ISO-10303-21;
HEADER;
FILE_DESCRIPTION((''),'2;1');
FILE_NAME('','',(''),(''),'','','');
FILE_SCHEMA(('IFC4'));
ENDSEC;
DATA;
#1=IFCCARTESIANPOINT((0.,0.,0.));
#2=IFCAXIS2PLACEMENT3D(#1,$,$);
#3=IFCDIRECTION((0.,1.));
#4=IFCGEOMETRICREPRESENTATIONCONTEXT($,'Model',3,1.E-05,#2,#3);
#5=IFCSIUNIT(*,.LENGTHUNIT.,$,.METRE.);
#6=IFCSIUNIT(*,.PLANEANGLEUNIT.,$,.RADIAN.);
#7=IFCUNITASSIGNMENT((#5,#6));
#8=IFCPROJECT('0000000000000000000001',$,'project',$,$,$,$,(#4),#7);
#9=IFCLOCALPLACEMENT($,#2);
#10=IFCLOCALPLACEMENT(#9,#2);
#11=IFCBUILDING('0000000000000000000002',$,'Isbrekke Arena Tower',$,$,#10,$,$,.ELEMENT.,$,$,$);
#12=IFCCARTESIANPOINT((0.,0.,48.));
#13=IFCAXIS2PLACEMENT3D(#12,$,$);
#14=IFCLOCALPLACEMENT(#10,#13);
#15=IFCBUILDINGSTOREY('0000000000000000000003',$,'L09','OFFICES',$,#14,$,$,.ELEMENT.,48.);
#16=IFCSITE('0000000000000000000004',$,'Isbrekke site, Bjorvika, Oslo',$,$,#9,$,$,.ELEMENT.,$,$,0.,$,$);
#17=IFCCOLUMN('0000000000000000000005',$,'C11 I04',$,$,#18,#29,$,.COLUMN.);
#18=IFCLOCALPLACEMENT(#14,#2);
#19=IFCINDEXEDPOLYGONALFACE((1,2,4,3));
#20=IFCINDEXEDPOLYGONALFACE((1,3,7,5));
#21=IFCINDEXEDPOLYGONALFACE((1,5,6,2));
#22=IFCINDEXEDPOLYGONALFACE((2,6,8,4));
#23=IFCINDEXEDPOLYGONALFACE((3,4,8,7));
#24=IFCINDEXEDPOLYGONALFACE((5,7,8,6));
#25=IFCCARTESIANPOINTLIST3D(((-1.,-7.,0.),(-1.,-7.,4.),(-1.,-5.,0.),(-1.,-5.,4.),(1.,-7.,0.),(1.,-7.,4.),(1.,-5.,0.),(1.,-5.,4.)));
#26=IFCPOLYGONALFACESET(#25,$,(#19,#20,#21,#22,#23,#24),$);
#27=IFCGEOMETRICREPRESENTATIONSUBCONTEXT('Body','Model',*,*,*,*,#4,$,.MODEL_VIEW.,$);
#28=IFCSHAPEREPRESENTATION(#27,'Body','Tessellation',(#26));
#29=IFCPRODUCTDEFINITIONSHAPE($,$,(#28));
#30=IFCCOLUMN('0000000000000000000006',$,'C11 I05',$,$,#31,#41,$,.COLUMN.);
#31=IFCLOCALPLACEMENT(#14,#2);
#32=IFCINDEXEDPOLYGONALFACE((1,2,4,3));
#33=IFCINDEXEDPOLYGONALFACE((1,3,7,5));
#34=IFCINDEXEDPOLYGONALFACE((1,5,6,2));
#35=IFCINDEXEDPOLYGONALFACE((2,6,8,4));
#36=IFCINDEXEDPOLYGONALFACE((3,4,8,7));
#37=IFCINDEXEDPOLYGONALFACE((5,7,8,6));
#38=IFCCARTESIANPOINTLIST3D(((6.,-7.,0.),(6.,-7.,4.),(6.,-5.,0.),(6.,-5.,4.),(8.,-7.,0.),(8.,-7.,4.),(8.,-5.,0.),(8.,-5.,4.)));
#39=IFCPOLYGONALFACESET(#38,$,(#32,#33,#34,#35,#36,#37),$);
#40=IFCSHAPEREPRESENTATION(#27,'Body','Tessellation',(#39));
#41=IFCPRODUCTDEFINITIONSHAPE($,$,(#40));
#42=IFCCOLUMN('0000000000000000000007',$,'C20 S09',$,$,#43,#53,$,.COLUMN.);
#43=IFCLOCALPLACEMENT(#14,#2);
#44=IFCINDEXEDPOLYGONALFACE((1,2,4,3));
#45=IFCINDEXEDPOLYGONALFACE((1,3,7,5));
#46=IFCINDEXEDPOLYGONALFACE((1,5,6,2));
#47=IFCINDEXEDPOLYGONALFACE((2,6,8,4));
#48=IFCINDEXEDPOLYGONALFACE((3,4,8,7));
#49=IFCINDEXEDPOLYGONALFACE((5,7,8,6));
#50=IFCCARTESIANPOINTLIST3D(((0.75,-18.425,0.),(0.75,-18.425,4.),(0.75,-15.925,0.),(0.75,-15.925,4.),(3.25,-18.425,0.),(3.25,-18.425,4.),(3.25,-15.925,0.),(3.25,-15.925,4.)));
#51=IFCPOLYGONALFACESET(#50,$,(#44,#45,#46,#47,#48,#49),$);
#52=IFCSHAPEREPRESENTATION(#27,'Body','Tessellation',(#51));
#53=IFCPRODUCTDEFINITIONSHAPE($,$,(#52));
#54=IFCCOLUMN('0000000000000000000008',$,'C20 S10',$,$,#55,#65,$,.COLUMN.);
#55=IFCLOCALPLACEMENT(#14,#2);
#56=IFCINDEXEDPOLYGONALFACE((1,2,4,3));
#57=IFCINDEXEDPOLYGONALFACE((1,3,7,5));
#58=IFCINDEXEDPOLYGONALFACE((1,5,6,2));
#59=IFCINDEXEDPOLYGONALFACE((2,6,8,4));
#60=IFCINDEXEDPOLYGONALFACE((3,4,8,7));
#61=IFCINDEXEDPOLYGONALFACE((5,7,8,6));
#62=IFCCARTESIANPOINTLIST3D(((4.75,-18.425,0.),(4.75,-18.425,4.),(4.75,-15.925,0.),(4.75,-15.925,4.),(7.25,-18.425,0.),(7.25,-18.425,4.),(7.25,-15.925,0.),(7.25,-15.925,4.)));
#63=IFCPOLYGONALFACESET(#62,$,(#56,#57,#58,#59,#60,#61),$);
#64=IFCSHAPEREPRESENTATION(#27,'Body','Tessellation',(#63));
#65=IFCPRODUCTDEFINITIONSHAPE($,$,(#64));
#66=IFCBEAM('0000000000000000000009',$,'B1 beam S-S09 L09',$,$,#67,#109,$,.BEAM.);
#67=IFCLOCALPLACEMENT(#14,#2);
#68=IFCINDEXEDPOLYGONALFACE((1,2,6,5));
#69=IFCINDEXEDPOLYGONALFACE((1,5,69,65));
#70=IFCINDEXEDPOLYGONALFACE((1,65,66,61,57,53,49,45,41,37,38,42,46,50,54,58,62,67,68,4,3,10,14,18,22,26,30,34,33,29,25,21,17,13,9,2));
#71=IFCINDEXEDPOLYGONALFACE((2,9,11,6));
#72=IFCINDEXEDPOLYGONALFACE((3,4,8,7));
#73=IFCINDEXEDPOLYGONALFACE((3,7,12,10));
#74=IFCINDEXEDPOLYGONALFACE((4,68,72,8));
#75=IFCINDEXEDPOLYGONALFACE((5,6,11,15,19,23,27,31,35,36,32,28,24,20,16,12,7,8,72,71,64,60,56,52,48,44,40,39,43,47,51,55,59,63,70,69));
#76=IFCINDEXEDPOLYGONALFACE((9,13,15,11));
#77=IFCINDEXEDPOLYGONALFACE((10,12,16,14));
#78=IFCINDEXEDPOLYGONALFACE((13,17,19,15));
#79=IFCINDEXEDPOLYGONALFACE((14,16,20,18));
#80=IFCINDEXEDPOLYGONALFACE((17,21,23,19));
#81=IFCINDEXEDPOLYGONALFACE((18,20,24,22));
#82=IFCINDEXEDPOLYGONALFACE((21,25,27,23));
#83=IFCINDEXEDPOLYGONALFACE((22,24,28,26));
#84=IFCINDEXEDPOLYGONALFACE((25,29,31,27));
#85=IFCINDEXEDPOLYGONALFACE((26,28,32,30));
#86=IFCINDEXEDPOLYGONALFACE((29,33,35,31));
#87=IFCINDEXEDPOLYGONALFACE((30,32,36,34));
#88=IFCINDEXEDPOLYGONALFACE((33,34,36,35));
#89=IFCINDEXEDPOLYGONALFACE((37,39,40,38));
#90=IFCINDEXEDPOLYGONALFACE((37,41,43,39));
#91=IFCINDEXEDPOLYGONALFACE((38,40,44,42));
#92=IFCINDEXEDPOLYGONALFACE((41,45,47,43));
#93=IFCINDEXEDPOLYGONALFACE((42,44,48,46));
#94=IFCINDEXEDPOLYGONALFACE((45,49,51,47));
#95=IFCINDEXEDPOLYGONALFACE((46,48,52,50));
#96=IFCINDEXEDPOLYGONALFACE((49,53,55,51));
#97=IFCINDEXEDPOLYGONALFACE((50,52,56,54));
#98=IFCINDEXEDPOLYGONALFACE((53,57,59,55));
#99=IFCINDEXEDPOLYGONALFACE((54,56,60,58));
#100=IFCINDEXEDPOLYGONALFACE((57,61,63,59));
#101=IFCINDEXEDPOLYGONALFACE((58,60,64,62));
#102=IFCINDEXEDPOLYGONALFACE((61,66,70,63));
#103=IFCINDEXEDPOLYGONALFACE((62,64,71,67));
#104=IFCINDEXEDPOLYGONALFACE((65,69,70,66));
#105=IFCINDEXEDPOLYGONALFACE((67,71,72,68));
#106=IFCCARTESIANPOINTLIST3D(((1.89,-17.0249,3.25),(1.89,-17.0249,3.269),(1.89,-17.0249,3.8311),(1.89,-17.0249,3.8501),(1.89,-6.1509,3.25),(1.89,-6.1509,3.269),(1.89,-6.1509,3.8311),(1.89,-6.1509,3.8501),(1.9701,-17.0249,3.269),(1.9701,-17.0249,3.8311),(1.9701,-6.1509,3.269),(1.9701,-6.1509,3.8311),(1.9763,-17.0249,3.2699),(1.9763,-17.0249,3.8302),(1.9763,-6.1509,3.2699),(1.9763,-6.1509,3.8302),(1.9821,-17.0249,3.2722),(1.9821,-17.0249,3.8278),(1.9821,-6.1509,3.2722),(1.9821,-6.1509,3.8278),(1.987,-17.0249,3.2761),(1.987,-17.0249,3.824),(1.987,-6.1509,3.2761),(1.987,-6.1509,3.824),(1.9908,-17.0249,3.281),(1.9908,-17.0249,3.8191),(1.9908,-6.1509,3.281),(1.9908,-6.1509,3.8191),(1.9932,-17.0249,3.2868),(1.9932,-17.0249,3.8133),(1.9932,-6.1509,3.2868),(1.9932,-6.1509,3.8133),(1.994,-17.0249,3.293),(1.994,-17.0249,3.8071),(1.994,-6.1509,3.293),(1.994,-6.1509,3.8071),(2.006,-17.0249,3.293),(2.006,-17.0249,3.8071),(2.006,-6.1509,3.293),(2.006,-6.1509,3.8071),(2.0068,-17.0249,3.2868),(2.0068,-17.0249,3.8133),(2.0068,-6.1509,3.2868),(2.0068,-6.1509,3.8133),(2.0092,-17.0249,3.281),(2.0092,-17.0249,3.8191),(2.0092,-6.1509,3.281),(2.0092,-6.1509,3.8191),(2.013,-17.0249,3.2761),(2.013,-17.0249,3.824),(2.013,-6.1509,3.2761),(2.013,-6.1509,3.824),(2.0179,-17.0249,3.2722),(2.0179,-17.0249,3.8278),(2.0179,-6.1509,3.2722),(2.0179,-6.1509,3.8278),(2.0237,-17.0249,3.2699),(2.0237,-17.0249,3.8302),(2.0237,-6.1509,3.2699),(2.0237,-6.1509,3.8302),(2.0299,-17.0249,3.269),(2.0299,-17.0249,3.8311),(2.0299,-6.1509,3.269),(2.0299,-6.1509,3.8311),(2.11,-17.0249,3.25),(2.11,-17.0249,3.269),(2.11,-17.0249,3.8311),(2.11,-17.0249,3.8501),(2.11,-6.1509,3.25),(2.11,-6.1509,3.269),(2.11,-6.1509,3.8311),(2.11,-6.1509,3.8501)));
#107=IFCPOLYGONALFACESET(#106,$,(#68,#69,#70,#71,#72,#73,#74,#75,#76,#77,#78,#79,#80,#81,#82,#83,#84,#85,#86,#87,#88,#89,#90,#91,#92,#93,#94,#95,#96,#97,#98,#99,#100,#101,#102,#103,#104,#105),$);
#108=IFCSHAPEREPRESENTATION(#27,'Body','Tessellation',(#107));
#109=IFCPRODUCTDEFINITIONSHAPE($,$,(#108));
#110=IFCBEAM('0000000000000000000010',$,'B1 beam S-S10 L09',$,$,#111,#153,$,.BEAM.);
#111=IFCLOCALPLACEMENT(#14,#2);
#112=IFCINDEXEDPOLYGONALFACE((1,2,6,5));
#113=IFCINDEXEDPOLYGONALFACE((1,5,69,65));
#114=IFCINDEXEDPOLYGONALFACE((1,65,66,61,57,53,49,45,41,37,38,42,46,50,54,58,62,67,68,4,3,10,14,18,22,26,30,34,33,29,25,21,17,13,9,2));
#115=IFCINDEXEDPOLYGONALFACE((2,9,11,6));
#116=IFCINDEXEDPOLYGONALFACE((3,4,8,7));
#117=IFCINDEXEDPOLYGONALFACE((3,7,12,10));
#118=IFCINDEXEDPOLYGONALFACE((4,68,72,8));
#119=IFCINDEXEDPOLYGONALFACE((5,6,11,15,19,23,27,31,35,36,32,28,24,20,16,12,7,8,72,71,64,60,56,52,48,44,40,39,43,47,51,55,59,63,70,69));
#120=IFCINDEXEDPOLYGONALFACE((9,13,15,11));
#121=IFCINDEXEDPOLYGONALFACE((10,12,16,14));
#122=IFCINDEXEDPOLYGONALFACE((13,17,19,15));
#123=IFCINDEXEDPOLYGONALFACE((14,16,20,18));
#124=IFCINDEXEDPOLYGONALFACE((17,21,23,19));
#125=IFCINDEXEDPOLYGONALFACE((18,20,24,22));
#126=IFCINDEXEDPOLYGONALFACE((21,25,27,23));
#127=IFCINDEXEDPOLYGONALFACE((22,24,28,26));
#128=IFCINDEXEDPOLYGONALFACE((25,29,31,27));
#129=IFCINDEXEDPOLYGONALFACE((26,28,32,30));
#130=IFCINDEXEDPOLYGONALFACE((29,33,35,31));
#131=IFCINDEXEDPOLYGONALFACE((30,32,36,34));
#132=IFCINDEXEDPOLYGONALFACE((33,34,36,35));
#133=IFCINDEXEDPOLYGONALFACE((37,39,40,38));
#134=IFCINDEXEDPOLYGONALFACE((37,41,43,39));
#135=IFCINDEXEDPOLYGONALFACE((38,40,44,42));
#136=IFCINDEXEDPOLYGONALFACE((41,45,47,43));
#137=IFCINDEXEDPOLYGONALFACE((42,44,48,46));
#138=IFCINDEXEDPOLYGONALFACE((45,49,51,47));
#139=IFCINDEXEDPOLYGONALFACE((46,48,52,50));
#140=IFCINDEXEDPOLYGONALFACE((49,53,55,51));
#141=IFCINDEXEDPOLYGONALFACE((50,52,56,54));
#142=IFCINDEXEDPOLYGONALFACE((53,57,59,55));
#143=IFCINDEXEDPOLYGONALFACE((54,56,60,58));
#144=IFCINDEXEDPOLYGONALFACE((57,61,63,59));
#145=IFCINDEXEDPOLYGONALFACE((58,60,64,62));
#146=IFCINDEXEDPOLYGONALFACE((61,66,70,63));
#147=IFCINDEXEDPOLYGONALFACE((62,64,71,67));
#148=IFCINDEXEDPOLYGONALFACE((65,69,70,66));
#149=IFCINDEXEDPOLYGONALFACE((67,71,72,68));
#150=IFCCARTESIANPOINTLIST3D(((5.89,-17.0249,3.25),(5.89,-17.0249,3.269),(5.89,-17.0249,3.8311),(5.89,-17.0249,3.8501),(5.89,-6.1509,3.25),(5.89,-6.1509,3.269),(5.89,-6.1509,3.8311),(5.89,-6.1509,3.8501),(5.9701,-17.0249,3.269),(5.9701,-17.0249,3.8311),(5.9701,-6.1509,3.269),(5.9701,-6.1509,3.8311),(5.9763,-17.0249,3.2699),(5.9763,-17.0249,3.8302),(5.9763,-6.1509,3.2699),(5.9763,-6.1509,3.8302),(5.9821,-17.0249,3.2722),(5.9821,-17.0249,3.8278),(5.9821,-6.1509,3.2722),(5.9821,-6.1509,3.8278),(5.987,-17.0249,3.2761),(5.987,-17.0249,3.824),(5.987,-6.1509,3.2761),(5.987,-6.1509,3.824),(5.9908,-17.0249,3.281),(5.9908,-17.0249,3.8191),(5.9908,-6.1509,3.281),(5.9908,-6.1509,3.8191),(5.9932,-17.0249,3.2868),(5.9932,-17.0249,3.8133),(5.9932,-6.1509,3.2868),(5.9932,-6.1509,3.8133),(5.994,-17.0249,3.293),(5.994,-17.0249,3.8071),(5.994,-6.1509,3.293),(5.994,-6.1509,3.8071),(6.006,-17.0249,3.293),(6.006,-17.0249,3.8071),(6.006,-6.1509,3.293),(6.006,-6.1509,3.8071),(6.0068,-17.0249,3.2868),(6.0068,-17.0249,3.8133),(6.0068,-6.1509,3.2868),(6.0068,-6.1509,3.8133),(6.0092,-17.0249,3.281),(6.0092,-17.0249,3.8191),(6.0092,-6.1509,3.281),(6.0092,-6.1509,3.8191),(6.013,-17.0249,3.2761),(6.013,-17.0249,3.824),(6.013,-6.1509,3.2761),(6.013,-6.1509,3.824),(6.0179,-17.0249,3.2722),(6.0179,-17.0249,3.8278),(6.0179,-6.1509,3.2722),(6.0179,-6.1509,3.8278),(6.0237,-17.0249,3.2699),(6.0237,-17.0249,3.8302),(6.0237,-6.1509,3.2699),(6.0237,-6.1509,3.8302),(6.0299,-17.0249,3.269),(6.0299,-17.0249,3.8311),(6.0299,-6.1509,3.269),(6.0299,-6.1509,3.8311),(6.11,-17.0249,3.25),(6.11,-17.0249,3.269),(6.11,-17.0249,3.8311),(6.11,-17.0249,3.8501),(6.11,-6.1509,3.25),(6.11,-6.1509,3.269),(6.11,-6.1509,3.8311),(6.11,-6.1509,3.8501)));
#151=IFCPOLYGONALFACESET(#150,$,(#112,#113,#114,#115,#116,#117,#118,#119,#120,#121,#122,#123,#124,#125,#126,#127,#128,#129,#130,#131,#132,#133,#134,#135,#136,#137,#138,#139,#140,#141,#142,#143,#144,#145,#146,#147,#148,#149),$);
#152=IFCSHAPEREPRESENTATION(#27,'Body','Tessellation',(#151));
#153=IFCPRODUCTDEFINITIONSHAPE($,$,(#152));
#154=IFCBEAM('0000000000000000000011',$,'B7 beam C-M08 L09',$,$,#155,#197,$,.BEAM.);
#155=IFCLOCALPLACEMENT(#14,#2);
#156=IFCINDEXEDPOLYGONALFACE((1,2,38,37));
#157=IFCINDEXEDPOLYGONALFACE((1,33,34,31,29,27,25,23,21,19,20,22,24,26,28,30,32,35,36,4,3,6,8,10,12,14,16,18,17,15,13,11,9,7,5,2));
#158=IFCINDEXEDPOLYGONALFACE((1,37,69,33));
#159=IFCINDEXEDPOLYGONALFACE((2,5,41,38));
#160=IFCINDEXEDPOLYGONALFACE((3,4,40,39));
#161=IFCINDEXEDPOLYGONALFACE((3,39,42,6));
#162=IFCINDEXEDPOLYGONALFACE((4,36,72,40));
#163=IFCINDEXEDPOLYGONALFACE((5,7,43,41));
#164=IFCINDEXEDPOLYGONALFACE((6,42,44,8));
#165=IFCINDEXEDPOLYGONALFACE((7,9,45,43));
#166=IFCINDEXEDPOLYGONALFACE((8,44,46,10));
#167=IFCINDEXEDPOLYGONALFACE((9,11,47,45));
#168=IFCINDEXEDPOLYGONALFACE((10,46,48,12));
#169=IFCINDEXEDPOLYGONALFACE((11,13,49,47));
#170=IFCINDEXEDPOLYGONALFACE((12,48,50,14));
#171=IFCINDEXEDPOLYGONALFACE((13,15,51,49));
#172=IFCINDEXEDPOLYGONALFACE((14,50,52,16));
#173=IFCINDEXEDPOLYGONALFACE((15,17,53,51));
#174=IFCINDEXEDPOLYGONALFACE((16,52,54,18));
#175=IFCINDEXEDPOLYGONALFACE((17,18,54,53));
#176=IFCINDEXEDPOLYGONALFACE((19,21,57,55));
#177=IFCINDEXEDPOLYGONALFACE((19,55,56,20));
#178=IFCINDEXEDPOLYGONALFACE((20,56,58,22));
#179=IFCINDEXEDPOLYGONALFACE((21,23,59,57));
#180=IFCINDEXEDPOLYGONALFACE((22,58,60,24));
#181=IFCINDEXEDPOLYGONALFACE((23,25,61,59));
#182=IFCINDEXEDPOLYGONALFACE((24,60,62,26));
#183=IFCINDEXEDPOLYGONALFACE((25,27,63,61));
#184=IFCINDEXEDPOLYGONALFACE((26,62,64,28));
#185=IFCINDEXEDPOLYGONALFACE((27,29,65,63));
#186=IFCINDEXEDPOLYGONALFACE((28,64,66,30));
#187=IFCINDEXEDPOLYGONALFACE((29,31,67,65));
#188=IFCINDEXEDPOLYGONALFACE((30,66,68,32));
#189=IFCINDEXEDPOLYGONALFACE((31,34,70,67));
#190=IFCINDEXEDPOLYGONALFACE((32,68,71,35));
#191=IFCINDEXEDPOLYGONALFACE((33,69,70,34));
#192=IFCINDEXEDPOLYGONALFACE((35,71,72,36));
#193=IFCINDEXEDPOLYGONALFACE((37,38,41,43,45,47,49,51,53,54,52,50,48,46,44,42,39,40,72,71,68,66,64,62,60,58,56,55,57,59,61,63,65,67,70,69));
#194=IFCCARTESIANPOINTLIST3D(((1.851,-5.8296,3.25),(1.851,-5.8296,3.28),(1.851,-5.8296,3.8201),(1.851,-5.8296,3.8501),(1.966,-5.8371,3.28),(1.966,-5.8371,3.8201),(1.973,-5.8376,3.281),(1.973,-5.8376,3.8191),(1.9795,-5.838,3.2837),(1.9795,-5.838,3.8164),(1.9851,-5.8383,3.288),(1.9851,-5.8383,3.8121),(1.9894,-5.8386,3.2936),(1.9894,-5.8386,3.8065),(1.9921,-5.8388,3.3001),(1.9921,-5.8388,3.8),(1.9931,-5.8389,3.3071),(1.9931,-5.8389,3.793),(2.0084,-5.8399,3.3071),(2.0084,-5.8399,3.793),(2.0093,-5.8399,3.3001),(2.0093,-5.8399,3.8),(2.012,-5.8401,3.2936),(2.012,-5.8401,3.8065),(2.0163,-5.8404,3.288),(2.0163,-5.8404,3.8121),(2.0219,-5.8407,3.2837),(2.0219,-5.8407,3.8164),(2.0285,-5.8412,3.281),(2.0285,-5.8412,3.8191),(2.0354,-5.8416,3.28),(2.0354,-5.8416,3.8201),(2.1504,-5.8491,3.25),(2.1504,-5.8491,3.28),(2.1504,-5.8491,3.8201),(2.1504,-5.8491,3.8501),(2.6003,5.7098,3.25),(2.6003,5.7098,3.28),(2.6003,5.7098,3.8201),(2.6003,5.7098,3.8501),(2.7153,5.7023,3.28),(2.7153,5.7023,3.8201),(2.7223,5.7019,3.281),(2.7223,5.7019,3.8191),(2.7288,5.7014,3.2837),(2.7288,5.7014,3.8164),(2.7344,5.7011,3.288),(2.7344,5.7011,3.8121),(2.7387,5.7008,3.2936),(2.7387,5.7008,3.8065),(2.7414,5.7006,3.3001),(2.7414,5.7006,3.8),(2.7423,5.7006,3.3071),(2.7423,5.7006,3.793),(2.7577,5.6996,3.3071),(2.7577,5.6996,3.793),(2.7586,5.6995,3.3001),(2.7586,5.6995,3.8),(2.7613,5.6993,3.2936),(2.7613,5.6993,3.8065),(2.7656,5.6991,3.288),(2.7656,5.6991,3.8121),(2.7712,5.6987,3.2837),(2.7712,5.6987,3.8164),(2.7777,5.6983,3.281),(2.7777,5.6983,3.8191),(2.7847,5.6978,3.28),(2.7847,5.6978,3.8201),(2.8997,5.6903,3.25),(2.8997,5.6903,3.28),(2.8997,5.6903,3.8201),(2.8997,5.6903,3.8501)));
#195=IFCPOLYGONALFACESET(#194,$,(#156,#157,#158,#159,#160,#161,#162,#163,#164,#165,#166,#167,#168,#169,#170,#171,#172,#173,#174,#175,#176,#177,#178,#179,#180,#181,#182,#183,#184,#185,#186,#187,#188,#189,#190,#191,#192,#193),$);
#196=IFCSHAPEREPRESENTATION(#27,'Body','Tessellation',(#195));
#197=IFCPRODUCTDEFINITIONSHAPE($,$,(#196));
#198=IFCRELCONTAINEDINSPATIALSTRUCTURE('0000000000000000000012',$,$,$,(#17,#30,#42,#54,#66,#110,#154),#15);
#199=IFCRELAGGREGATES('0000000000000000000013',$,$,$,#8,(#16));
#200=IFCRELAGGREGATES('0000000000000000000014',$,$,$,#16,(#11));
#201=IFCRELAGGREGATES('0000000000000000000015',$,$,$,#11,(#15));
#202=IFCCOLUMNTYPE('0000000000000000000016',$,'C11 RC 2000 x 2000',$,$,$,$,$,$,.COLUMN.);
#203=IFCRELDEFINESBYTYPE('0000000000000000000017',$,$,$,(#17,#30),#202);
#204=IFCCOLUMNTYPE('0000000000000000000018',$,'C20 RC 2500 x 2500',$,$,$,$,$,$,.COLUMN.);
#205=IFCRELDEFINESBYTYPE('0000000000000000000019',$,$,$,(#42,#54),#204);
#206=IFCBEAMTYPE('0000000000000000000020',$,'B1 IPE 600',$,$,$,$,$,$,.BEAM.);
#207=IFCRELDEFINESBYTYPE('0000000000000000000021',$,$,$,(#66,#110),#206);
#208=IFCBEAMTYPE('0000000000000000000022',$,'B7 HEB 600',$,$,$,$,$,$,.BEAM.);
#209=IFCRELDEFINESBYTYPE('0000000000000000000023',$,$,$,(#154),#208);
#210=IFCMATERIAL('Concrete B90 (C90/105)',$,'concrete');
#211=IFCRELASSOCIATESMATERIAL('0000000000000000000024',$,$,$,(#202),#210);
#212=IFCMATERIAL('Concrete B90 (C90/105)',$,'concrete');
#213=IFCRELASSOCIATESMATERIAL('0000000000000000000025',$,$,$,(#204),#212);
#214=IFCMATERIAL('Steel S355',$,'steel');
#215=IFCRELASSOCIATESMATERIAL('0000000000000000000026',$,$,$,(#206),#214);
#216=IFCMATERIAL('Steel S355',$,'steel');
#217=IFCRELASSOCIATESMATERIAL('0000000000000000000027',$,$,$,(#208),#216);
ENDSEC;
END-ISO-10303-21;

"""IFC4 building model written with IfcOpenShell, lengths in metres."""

from ifc_helpers import new_model, si_unit, direction, frame, origin, origin_2d, place, context, subcontext, project, spatial, rectangle, i_section, extrude, material, material_profile, profile_set, type_object, element, save


model = new_model("IFC4")

# Units and contexts
model_context = context("Model", 3, precision=1e-05, world=origin(), true_north=direction((0.0, 1.0)))
body_context = subcontext(model_context, "Body", "Model", "MODEL_VIEW")
ifc_project = project(units=[si_unit("LENGTHUNIT", "METRE"), si_unit("PLANEANGLEUNIT", "RADIAN")], contexts=[model_context])

# Site, building, storey
site_placement = place(None, origin())
site = spatial("IfcSite", under=ifc_project, at=site_placement, Name="Isbrekke site, Bjorvika, Oslo", CompositionType="ELEMENT", RefElevation=0.0)
building_placement = place(site_placement, origin())
building = spatial("IfcBuilding", under=site, at=building_placement, Name="Isbrekke Arena Tower", CompositionType="ELEMENT")
storey_placement = place(building_placement, frame((0.0, 0.0, 48.0)))
storey = spatial("IfcBuildingStorey", under=building, at=storey_placement, Name="L09", Description="OFFICES", CompositionType="ELEMENT", Elevation=48.0)

# Columns
ifc_material_1 = material(Name="Concrete B90 (C90/105)", Category="concrete")
ifc_material_profile_1 = material_profile(ifc_material_1, rectangle(XDim=2.0, YDim=2.0, at=origin_2d()), Name="RC 2000x2000")
ifc_profile_set_1 = profile_set([ifc_material_profile_1], Name="Concrete B90 (C90/105)")
column_type_1 = type_object("IfcColumnType", Name="C11 RC 2000 x 2000", PredefinedType="COLUMN", material=ifc_profile_set_1)
for number, where, z_axis, x_axis, name in (
    (1, (0.0, -6.0, 0.0), (0.0, 0.0, 1.0), (1.0, 0.0, 0.0), "C11 I04"),
    (2, (7.0, -6.0, 0.0), (0.0, 0.0, 1.0), (1.0, 0.0, 0.0), "C11 I05"),
):
    element("IfcColumn", number, at=place(storey_placement, frame(where, z_axis=z_axis, x_axis=x_axis)), inside=storey, type_object=column_type_1, Name=name, PredefinedType="COLUMN", context=body_context, shape_type="SweptSolid", body=[
        extrude(rectangle(XDim=2.0, YDim=2.0, at=origin_2d()), origin(), (0.0, 0.0, 1.0), 4.0),
    ])
ifc_material_2 = material(Name="Concrete B90 (C90/105)", Category="concrete")
ifc_material_profile_2 = material_profile(ifc_material_2, rectangle(XDim=2.5, YDim=2.5, at=origin_2d()), Name="RC 2500x2500")
ifc_profile_set_2 = profile_set([ifc_material_profile_2], Name="Concrete B90 (C90/105)")
column_type_2 = type_object("IfcColumnType", Name="C20 RC 2500 x 2500", PredefinedType="COLUMN", material=ifc_profile_set_2)
for number, where, z_axis, x_axis, name in (
    (3, (2.0, -17.175, 0.0), (0.0, 0.0, 1.0), (1.0, 0.0, 0.0), "C20 S09"),
    (4, (6.0, -17.175, 0.0), (0.0, 0.0, 1.0), (1.0, 0.0, 0.0), "C20 S10"),
):
    element("IfcColumn", number, at=place(storey_placement, frame(where, z_axis=z_axis, x_axis=x_axis)), inside=storey, type_object=column_type_2, Name=name, PredefinedType="COLUMN", context=body_context, shape_type="SweptSolid", body=[
        extrude(rectangle(XDim=2.5, YDim=2.5, at=origin_2d()), origin(), (0.0, 0.0, 1.0), 4.0),
    ])

# Beams
ifc_material_3 = material(Name="Steel S355", Category="steel")
ifc_material_profile_3 = material_profile(ifc_material_3, i_section(OverallWidth=0.22, OverallDepth=0.6001, WebThickness=0.012, FlangeThickness=0.019, FilletRadius=0.0239, at=origin_2d()), Name="IPE 600")
ifc_profile_set_3 = profile_set([ifc_material_profile_3], Name="Steel S355")
beam_type_1 = type_object("IfcBeamType", Name="B1 IPE 600", PredefinedType="BEAM", material=ifc_profile_set_3)
for number, where, z_axis, x_axis, name in (
    (5, (2.0, -17.0249, 3.55), (0.0, 1.0, 0.0), (-1.0, 0.0, 0.0), "B1 beam S-S09 L09"),
    (6, (6.0, -17.0249, 3.55), (0.0, 1.0, 0.0), (-1.0, 0.0, 0.0), "B1 beam S-S10 L09"),
):
    element("IfcBeam", number, at=place(storey_placement, frame(where, z_axis=z_axis, x_axis=x_axis)), inside=storey, type_object=beam_type_1, Name=name, PredefinedType="BEAM", context=body_context, shape_type="SweptSolid", body=[
        extrude(i_section(OverallWidth=0.22, OverallDepth=0.6001, WebThickness=0.012, FlangeThickness=0.019, FilletRadius=0.0239, at=origin_2d()), origin(), (0.0, 0.0, 1.0), 10.874),
    ])
ifc_material_4 = material(Name="Steel S355", Category="steel")
ifc_material_profile_4 = material_profile(ifc_material_4, i_section(OverallWidth=0.3, OverallDepth=0.6001, WebThickness=0.0154, FlangeThickness=0.03, FilletRadius=0.0271, at=origin_2d()), Name="HEB 600")
ifc_profile_set_4 = profile_set([ifc_material_profile_4], Name="Steel S355")
beam_type_2 = type_object("IfcBeamType", Name="B7 HEB 600", PredefinedType="BEAM", material=ifc_profile_set_4)
beam_1_placement = place(storey_placement, frame((2.0007, -5.8394, 3.55), z_axis=(0.064795, 0.997899, 0.0), x_axis=(-0.997899, 0.064795, 0.0)))
element("IfcBeam", 7, at=beam_1_placement, inside=storey, type_object=beam_type_2, Name="B7 beam C-M08 L09", PredefinedType="BEAM", context=body_context, shape_type="SweptSolid", body=[
    extrude(i_section(OverallWidth=0.3, OverallDepth=0.6001, WebThickness=0.0154, FlangeThickness=0.03, FilletRadius=0.0271, at=origin_2d()), origin(), (0.0, 0.0, 1.0), 11.5637),
])

save(model, "model.ifc")
